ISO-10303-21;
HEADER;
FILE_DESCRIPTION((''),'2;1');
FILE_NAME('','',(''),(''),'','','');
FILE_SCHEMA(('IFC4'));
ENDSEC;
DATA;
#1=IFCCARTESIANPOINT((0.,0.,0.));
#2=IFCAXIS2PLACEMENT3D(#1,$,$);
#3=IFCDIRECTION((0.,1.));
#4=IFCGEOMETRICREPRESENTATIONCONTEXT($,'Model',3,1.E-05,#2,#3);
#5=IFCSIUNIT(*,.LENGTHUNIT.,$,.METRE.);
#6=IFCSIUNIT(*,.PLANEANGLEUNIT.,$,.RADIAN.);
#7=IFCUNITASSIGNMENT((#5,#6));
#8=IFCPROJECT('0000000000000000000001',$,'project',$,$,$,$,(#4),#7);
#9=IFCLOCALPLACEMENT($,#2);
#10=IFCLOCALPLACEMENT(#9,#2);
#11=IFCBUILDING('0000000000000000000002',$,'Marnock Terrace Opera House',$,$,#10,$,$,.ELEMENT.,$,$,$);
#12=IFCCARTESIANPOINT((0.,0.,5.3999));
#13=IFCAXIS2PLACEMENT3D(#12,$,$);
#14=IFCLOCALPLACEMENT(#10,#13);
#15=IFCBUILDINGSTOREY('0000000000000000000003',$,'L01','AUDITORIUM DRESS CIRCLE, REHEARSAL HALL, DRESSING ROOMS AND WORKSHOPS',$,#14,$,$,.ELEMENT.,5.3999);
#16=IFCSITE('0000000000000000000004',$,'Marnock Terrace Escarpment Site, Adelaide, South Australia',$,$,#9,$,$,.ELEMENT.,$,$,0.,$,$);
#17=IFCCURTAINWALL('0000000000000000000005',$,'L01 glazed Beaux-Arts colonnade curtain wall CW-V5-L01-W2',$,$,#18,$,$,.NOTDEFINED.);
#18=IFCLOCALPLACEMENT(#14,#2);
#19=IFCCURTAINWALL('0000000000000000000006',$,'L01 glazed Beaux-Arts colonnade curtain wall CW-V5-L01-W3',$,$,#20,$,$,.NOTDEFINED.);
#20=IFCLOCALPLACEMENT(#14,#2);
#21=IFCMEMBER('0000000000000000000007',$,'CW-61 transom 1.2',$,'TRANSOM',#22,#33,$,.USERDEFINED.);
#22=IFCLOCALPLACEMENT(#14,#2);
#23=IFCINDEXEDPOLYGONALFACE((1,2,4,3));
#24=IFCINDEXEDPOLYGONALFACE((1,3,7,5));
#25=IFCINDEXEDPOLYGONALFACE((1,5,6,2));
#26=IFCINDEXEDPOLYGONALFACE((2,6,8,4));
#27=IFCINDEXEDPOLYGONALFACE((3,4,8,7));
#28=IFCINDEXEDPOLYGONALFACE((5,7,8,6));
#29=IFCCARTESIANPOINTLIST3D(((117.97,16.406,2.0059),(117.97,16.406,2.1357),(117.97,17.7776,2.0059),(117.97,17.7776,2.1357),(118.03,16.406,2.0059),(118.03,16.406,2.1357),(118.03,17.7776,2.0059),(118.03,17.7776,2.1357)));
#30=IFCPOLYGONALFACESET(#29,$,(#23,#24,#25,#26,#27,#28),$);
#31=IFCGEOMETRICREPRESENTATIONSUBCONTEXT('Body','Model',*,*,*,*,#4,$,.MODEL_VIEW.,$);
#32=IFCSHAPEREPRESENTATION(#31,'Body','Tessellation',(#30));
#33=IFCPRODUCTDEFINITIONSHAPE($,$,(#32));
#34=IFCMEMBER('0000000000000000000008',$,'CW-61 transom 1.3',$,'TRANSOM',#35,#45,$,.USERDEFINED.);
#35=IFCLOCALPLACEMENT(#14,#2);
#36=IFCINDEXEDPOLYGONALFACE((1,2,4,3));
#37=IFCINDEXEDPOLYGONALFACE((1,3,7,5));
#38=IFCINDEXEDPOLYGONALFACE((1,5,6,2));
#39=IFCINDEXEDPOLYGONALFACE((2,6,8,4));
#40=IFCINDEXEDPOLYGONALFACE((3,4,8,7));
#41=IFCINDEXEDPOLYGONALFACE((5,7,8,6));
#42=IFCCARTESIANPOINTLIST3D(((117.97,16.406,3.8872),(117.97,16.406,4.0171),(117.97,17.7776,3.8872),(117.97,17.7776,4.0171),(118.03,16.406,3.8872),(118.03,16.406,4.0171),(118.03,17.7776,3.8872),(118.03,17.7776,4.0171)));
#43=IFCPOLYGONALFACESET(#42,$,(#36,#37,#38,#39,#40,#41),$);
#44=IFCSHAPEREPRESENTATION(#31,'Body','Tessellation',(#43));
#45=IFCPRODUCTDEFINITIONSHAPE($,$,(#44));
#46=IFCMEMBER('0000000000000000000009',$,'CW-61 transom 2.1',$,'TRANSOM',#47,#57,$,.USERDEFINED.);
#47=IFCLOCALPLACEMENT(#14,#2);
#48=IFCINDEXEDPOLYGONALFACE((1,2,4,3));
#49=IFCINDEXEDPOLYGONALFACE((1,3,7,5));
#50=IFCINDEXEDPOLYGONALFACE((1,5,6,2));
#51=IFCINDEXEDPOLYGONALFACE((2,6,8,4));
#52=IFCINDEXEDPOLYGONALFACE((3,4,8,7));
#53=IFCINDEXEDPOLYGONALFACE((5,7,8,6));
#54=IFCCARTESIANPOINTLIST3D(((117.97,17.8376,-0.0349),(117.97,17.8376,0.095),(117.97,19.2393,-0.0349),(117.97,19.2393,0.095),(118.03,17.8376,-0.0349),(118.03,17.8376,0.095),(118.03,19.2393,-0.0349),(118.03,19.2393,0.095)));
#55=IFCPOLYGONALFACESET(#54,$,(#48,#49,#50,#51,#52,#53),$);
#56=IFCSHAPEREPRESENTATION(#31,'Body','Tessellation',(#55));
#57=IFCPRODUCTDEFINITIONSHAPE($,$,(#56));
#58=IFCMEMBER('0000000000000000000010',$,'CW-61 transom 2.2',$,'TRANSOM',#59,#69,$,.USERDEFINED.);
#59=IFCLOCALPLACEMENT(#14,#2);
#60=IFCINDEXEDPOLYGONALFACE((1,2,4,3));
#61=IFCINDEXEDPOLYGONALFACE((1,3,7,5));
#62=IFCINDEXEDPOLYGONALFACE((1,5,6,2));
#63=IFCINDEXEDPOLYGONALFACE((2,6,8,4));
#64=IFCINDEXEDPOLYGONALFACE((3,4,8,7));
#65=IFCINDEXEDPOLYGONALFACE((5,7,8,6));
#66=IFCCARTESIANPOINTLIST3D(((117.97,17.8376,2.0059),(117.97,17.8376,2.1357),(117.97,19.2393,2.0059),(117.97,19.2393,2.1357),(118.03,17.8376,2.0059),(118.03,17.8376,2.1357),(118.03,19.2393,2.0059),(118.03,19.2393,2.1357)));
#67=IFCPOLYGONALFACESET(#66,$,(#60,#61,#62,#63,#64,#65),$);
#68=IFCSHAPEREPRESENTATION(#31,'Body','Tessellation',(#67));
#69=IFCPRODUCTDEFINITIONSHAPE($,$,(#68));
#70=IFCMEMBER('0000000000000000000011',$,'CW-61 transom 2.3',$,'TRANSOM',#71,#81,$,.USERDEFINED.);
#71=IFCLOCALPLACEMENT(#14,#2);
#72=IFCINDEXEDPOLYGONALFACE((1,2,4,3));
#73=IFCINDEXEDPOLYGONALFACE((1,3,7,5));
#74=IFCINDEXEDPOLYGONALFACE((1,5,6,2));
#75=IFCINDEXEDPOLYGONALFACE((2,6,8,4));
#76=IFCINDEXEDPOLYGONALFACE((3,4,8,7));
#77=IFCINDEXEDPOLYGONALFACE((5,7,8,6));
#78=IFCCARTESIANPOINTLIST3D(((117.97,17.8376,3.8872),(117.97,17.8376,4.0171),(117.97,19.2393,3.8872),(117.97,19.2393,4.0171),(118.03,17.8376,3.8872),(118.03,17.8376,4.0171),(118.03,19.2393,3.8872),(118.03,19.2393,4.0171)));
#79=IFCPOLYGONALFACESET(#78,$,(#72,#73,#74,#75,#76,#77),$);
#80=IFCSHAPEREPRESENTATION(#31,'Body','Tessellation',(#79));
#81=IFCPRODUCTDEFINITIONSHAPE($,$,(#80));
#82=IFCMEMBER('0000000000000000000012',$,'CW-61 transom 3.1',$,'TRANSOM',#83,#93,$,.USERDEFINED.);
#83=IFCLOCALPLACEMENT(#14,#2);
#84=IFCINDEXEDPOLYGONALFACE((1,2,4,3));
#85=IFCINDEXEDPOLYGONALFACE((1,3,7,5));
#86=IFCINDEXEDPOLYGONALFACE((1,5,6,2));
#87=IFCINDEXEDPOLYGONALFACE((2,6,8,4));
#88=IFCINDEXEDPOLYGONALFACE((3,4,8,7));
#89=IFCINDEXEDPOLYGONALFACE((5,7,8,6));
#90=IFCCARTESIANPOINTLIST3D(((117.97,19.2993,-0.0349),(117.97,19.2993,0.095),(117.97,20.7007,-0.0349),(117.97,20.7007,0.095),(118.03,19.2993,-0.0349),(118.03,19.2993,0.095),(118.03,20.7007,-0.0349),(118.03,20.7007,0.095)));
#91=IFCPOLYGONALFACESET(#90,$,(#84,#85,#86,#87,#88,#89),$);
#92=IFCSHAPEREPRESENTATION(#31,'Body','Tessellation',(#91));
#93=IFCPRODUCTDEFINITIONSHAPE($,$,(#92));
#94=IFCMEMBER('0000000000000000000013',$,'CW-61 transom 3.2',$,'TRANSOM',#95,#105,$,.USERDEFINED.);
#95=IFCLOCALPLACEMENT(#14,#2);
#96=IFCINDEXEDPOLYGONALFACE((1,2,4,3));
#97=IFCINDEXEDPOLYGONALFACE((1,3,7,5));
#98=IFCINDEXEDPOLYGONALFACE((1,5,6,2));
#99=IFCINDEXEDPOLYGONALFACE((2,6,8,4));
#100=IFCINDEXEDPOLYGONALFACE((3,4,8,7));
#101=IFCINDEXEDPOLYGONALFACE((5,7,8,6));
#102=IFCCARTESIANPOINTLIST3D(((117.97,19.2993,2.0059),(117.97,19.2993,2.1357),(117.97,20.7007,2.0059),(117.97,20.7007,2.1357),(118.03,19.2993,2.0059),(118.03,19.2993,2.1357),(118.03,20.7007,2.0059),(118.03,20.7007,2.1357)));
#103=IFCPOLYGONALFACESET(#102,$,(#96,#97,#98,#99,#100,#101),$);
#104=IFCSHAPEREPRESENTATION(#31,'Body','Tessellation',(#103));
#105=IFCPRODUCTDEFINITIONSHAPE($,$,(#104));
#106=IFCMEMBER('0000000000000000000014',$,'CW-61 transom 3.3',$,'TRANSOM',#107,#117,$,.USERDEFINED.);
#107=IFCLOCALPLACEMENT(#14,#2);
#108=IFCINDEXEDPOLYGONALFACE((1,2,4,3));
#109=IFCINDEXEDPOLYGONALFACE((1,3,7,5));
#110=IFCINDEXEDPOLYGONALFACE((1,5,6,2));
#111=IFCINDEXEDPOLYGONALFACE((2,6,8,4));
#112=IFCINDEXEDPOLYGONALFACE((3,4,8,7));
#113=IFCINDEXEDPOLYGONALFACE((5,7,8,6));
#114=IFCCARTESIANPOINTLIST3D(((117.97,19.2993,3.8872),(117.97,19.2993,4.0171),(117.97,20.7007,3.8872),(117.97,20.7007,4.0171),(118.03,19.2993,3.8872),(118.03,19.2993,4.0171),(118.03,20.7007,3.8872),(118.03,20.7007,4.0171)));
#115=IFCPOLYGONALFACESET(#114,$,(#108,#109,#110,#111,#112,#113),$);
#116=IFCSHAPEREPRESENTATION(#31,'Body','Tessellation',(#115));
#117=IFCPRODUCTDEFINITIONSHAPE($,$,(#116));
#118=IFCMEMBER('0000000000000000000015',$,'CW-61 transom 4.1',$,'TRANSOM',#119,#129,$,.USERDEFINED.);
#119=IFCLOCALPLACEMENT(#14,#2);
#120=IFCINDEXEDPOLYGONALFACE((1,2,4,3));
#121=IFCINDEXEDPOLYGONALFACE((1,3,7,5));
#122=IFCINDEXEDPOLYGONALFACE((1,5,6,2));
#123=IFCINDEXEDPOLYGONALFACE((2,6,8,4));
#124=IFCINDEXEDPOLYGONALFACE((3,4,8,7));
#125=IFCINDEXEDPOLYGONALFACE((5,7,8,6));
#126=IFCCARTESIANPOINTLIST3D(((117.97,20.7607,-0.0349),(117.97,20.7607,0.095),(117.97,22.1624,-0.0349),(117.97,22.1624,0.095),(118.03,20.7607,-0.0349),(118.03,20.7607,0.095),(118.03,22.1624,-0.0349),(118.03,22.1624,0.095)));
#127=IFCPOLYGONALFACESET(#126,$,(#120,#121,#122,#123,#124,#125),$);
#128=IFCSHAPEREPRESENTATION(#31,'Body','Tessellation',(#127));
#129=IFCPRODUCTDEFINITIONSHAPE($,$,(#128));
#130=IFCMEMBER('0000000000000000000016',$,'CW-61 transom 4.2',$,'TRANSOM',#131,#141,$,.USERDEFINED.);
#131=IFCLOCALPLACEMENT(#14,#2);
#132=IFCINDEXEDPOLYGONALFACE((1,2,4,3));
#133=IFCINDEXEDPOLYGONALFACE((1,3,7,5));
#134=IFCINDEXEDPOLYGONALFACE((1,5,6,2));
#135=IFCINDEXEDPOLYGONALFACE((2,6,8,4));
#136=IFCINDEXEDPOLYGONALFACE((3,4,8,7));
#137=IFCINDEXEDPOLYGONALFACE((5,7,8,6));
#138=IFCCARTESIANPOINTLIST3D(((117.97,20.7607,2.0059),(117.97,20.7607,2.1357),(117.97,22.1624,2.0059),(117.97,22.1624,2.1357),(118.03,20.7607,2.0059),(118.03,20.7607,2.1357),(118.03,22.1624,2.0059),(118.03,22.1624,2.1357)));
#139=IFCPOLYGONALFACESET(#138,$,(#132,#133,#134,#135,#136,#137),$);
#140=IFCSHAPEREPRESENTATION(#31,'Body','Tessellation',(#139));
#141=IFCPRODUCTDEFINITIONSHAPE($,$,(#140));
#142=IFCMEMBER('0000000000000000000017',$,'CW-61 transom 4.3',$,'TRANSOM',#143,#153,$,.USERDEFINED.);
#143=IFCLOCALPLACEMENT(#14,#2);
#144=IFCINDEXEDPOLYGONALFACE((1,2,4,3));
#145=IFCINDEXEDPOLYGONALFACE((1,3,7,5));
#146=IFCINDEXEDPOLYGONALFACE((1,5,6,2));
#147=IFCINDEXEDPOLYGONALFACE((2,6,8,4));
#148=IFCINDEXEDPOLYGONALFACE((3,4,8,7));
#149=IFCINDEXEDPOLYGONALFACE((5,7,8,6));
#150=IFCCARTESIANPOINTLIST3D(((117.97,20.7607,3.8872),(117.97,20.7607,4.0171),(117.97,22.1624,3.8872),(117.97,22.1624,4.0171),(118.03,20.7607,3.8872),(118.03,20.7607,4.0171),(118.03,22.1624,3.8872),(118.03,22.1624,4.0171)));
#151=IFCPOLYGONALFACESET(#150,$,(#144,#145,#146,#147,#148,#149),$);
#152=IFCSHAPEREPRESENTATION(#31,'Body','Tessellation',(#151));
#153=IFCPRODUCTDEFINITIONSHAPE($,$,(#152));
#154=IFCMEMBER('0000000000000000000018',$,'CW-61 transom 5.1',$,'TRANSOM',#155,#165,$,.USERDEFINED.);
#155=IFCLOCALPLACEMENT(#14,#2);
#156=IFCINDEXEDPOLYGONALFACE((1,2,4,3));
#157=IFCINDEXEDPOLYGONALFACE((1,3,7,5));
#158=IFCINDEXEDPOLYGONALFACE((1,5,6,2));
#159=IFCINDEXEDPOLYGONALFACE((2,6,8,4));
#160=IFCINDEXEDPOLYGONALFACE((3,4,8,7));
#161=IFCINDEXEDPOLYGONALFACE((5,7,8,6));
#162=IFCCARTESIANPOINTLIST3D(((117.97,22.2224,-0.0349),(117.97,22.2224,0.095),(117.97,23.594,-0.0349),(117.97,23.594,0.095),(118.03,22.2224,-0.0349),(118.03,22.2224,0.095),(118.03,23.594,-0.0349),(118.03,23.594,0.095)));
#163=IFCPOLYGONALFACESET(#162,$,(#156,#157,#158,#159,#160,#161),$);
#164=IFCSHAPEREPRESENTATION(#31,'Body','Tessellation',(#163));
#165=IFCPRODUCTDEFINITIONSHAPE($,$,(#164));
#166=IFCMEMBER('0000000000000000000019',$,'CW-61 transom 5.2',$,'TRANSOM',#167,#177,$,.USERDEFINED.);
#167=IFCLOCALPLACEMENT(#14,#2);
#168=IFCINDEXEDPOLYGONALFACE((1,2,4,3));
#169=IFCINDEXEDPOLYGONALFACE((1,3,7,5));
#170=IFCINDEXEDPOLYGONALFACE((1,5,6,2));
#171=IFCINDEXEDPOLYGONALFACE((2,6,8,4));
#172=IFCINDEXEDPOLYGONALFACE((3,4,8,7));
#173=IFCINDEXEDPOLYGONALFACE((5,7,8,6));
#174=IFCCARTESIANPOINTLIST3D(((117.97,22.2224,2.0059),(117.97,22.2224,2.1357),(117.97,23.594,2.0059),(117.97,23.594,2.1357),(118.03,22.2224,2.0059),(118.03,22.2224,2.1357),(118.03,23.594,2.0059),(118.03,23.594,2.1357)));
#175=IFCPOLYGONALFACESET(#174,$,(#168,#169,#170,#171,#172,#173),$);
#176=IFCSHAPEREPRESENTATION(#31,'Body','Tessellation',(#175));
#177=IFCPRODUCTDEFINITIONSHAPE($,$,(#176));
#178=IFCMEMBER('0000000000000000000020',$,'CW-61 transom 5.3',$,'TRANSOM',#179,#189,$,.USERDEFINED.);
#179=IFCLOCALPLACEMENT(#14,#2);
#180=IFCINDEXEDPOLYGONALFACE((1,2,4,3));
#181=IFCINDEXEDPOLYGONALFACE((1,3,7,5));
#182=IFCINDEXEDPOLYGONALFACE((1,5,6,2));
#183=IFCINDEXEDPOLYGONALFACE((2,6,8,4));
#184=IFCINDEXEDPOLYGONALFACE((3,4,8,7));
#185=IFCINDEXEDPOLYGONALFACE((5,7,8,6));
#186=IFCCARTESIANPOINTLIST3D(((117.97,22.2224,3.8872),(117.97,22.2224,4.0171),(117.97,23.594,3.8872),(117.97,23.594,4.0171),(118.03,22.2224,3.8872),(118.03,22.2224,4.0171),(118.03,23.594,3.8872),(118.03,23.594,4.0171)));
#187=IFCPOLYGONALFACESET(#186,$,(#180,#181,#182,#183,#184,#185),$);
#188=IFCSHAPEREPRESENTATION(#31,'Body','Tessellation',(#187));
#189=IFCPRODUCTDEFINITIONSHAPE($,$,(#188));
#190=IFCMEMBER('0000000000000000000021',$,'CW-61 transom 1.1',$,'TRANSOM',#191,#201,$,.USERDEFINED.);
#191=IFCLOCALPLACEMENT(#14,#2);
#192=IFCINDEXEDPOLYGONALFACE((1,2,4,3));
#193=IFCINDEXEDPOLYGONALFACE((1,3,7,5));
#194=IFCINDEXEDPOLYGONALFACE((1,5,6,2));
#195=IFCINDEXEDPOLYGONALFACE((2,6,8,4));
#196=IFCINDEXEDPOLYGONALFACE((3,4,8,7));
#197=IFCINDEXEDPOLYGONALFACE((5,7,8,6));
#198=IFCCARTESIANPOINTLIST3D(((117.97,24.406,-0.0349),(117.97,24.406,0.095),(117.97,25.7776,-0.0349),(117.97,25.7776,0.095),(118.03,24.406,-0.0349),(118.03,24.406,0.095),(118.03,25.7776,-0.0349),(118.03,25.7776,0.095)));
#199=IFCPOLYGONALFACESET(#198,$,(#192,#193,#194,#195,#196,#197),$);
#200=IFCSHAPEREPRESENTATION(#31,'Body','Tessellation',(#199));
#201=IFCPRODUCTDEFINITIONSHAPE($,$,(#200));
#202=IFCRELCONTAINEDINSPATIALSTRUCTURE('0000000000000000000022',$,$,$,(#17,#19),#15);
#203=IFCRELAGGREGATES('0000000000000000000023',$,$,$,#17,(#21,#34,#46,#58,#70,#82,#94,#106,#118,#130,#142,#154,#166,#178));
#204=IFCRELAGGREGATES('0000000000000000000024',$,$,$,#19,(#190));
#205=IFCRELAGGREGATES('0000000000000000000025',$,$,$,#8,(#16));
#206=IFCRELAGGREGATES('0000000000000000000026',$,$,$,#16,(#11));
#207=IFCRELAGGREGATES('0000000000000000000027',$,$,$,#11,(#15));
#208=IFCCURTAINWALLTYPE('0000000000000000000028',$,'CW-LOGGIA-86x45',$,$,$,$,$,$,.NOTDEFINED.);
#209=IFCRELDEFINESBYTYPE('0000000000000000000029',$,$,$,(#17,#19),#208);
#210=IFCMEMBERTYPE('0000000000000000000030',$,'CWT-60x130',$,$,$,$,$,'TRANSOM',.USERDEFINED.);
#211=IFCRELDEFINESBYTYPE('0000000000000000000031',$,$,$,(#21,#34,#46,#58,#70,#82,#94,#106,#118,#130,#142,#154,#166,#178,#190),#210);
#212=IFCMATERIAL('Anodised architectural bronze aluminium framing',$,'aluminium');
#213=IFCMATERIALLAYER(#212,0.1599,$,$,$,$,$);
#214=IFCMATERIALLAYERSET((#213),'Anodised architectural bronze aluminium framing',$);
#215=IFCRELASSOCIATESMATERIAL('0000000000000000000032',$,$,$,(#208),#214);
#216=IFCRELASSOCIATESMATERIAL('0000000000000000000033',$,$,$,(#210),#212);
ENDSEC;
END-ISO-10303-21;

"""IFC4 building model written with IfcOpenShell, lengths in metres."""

from ifc_helpers import new_model, si_unit, direction, frame, origin, origin_2d, place, context, subcontext, project, spatial, rectangle, extrude, material, layer, layer_set, material_profile, profile_set, type_object, element, aggregate, save


model = new_model("IFC4")

# Units and contexts
model_context = context("Model", 3, precision=1e-05, world=origin(), true_north=direction((0.0, 1.0)))
body_context = subcontext(model_context, "Body", "Model", "MODEL_VIEW")
ifc_project = project(units=[si_unit("LENGTHUNIT", "METRE"), si_unit("PLANEANGLEUNIT", "RADIAN")], contexts=[model_context])

# Site, building, storey
site_placement = place(None, origin())
site = spatial("IfcSite", under=ifc_project, at=site_placement, Name="Marnock Terrace Escarpment Site, Adelaide, South Australia", CompositionType="ELEMENT", RefElevation=0.0)
building_placement = place(site_placement, origin())
building = spatial("IfcBuilding", under=site, at=building_placement, Name="Marnock Terrace Opera House", CompositionType="ELEMENT")
storey_placement = place(building_placement, frame((0.0, 0.0, 5.3999)))
storey = spatial("IfcBuildingStorey", under=building, at=storey_placement, Name="L01", Description="AUDITORIUM DRESS CIRCLE, REHEARSAL HALL, DRESSING ROOMS AND WORKSHOPS", CompositionType="ELEMENT", Elevation=5.3999)

# Curtain wall
ifc_material_1 = material(Name="Anodised architectural bronze aluminium framing", Category="aluminium")
ifc_layer_1 = layer(ifc_material_1, 0.1599)
ifc_layer_set_1 = layer_set([ifc_layer_1], Name="Anodised architectural bronze aluminium framing")
curtain_wall_type_1 = type_object("IfcCurtainWallType", Name="CW-LOGGIA-86x45", PredefinedType="NOTDEFINED", material=ifc_layer_set_1)
curtain_wall_1_placement = place(storey_placement, origin())
curtain_wall_1 = element("IfcCurtainWall", 1, at=curtain_wall_1_placement, inside=storey, type_object=curtain_wall_type_1, Name="L01 glazed Beaux-Arts colonnade curtain wall CW-V5-L01-W2", PredefinedType="NOTDEFINED")

# Curtain wall
curtain_wall_2_placement = place(storey_placement, origin())
curtain_wall_2 = element("IfcCurtainWall", 2, at=curtain_wall_2_placement, inside=storey, type_object=curtain_wall_type_1, Name="L01 glazed Beaux-Arts colonnade curtain wall CW-V5-L01-W3", PredefinedType="NOTDEFINED")
ifc_material_profile_1 = material_profile(ifc_material_1, rectangle(XDim=0.0601, YDim=0.1299, at=origin_2d()))
ifc_profile_set_1 = profile_set([ifc_material_profile_1], Name="Anodised architectural bronze aluminium framing")
member_type_1 = type_object("IfcMemberType", Name="CWT-60x130", ElementType="TRANSOM", PredefinedType="USERDEFINED", material=ifc_profile_set_1)

# Members
member_1_placement = place(storey_placement, frame((118.0, 16.406, 2.0708), z_axis=(0.0, 1.0, 0.0), x_axis=(-1.0, 0.0, 0.0)))
member_1 = element("IfcMember", 3, at=member_1_placement, type_object=member_type_1, Name="CW-61 transom 1.2", ObjectType="TRANSOM", PredefinedType="USERDEFINED", context=body_context, shape_type="SweptSolid", body=[
    extrude(rectangle(XDim=0.0601, YDim=0.1299, at=origin_2d()), origin(), (0.0, 0.0, 1.0), 1.3716),
])
member_2_placement = place(storey_placement, frame((118.0, 16.406, 3.9521), z_axis=(0.0, 1.0, 0.0), x_axis=(-1.0, 0.0, 0.0)))
member_2 = element("IfcMember", 4, at=member_2_placement, type_object=member_type_1, Name="CW-61 transom 1.3", ObjectType="TRANSOM", PredefinedType="USERDEFINED", context=body_context, shape_type="SweptSolid", body=[
    extrude(rectangle(XDim=0.0601, YDim=0.1299, at=origin_2d()), origin(), (0.0, 0.0, 1.0), 1.3716),
])
member_3_placement = place(storey_placement, frame((118.0, 17.8376, 0.03), z_axis=(0.0, 1.0, 0.0), x_axis=(-1.0, 0.0, 0.0)))
member_3 = element("IfcMember", 5, at=member_3_placement, type_object=member_type_1, Name="CW-61 transom 2.1", ObjectType="TRANSOM", PredefinedType="USERDEFINED", context=body_context, shape_type="SweptSolid", body=[
    extrude(rectangle(XDim=0.0601, YDim=0.1299, at=origin_2d()), origin(), (0.0, 0.0, 1.0), 1.4016),
])
member_4_placement = place(storey_placement, frame((118.0, 17.8376, 2.0708), z_axis=(0.0, 1.0, 0.0), x_axis=(-1.0, 0.0, 0.0)))
member_4 = element("IfcMember", 6, at=member_4_placement, type_object=member_type_1, Name="CW-61 transom 2.2", ObjectType="TRANSOM", PredefinedType="USERDEFINED", context=body_context, shape_type="SweptSolid", body=[
    extrude(rectangle(XDim=0.0601, YDim=0.1299, at=origin_2d()), origin(), (0.0, 0.0, 1.0), 1.4016),
])
member_5_placement = place(storey_placement, frame((118.0, 17.8376, 3.9521), z_axis=(0.0, 1.0, 0.0), x_axis=(-1.0, 0.0, 0.0)))
member_5 = element("IfcMember", 7, at=member_5_placement, type_object=member_type_1, Name="CW-61 transom 2.3", ObjectType="TRANSOM", PredefinedType="USERDEFINED", context=body_context, shape_type="SweptSolid", body=[
    extrude(rectangle(XDim=0.0601, YDim=0.1299, at=origin_2d()), origin(), (0.0, 0.0, 1.0), 1.4016),
])
member_6_placement = place(storey_placement, frame((118.0, 19.2993, 0.03), z_axis=(0.0, 1.0, 0.0), x_axis=(-1.0, 0.0, 0.0)))
member_6 = element("IfcMember", 8, at=member_6_placement, type_object=member_type_1, Name="CW-61 transom 3.1", ObjectType="TRANSOM", PredefinedType="USERDEFINED", context=body_context, shape_type="SweptSolid", body=[
    extrude(rectangle(XDim=0.0601, YDim=0.1299, at=origin_2d()), origin(), (0.0, 0.0, 1.0), 1.4014),
])
member_7_placement = place(storey_placement, frame((118.0, 19.2993, 2.0708), z_axis=(0.0, 1.0, 0.0), x_axis=(-1.0, 0.0, 0.0)))
member_7 = element("IfcMember", 9, at=member_7_placement, type_object=member_type_1, Name="CW-61 transom 3.2", ObjectType="TRANSOM", PredefinedType="USERDEFINED", context=body_context, shape_type="SweptSolid", body=[
    extrude(rectangle(XDim=0.0601, YDim=0.1299, at=origin_2d()), origin(), (0.0, 0.0, 1.0), 1.4014),
])
member_8_placement = place(storey_placement, frame((118.0, 19.2993, 3.9521), z_axis=(0.0, 1.0, 0.0), x_axis=(-1.0, 0.0, 0.0)))
member_8 = element("IfcMember", 10, at=member_8_placement, type_object=member_type_1, Name="CW-61 transom 3.3", ObjectType="TRANSOM", PredefinedType="USERDEFINED", context=body_context, shape_type="SweptSolid", body=[
    extrude(rectangle(XDim=0.0601, YDim=0.1299, at=origin_2d()), origin(), (0.0, 0.0, 1.0), 1.4014),
])
member_9_placement = place(storey_placement, frame((118.0, 20.7607, 0.03), z_axis=(0.0, 1.0, 0.0), x_axis=(-1.0, 0.0, 0.0)))
member_9 = element("IfcMember", 11, at=member_9_placement, type_object=member_type_1, Name="CW-61 transom 4.1", ObjectType="TRANSOM", PredefinedType="USERDEFINED", context=body_context, shape_type="SweptSolid", body=[
    extrude(rectangle(XDim=0.0601, YDim=0.1299, at=origin_2d()), origin(), (0.0, 0.0, 1.0), 1.4016),
])
member_10_placement = place(storey_placement, frame((118.0, 20.7607, 2.0708), z_axis=(0.0, 1.0, 0.0), x_axis=(-1.0, 0.0, 0.0)))
member_10 = element("IfcMember", 12, at=member_10_placement, type_object=member_type_1, Name="CW-61 transom 4.2", ObjectType="TRANSOM", PredefinedType="USERDEFINED", context=body_context, shape_type="SweptSolid", body=[
    extrude(rectangle(XDim=0.0601, YDim=0.1299, at=origin_2d()), origin(), (0.0, 0.0, 1.0), 1.4016),
])
member_11_placement = place(storey_placement, frame((118.0, 20.7607, 3.9521), z_axis=(0.0, 1.0, 0.0), x_axis=(-1.0, 0.0, 0.0)))
member_11 = element("IfcMember", 13, at=member_11_placement, type_object=member_type_1, Name="CW-61 transom 4.3", ObjectType="TRANSOM", PredefinedType="USERDEFINED", context=body_context, shape_type="SweptSolid", body=[
    extrude(rectangle(XDim=0.0601, YDim=0.1299, at=origin_2d()), origin(), (0.0, 0.0, 1.0), 1.4016),
])
member_12_placement = place(storey_placement, frame((118.0, 22.2224, 0.03), z_axis=(0.0, 1.0, 0.0), x_axis=(-1.0, 0.0, 0.0)))
member_12 = element("IfcMember", 14, at=member_12_placement, type_object=member_type_1, Name="CW-61 transom 5.1", ObjectType="TRANSOM", PredefinedType="USERDEFINED", context=body_context, shape_type="SweptSolid", body=[
    extrude(rectangle(XDim=0.0601, YDim=0.1299, at=origin_2d()), origin(), (0.0, 0.0, 1.0), 1.3716),
])
member_13_placement = place(storey_placement, frame((118.0, 22.2224, 2.0708), z_axis=(0.0, 1.0, 0.0), x_axis=(-1.0, 0.0, 0.0)))
member_13 = element("IfcMember", 15, at=member_13_placement, type_object=member_type_1, Name="CW-61 transom 5.2", ObjectType="TRANSOM", PredefinedType="USERDEFINED", context=body_context, shape_type="SweptSolid", body=[
    extrude(rectangle(XDim=0.0601, YDim=0.1299, at=origin_2d()), origin(), (0.0, 0.0, 1.0), 1.3716),
])
member_14_placement = place(storey_placement, frame((118.0, 22.2224, 3.9521), z_axis=(0.0, 1.0, 0.0), x_axis=(-1.0, 0.0, 0.0)))
member_14 = element("IfcMember", 16, at=member_14_placement, type_object=member_type_1, Name="CW-61 transom 5.3", ObjectType="TRANSOM", PredefinedType="USERDEFINED", context=body_context, shape_type="SweptSolid", body=[
    extrude(rectangle(XDim=0.0601, YDim=0.1299, at=origin_2d()), origin(), (0.0, 0.0, 1.0), 1.3716),
])
member_15_placement = place(storey_placement, frame((118.0, 24.406, 0.03), z_axis=(0.0, 1.0, 0.0), x_axis=(-1.0, 0.0, 0.0)))
member_15 = element("IfcMember", 17, at=member_15_placement, type_object=member_type_1, Name="CW-61 transom 1.1", ObjectType="TRANSOM", PredefinedType="USERDEFINED", context=body_context, shape_type="SweptSolid", body=[
    extrude(rectangle(XDim=0.0601, YDim=0.1299, at=origin_2d()), origin(), (0.0, 0.0, 1.0), 1.3716),
])

aggregate(curtain_wall_1, [member_1, member_2, member_3, member_4, member_5, member_6, member_7, member_8, member_9, member_10, member_11, member_12, member_13, member_14])
aggregate(curtain_wall_2, [member_15])

save(model, "model.ifc")
